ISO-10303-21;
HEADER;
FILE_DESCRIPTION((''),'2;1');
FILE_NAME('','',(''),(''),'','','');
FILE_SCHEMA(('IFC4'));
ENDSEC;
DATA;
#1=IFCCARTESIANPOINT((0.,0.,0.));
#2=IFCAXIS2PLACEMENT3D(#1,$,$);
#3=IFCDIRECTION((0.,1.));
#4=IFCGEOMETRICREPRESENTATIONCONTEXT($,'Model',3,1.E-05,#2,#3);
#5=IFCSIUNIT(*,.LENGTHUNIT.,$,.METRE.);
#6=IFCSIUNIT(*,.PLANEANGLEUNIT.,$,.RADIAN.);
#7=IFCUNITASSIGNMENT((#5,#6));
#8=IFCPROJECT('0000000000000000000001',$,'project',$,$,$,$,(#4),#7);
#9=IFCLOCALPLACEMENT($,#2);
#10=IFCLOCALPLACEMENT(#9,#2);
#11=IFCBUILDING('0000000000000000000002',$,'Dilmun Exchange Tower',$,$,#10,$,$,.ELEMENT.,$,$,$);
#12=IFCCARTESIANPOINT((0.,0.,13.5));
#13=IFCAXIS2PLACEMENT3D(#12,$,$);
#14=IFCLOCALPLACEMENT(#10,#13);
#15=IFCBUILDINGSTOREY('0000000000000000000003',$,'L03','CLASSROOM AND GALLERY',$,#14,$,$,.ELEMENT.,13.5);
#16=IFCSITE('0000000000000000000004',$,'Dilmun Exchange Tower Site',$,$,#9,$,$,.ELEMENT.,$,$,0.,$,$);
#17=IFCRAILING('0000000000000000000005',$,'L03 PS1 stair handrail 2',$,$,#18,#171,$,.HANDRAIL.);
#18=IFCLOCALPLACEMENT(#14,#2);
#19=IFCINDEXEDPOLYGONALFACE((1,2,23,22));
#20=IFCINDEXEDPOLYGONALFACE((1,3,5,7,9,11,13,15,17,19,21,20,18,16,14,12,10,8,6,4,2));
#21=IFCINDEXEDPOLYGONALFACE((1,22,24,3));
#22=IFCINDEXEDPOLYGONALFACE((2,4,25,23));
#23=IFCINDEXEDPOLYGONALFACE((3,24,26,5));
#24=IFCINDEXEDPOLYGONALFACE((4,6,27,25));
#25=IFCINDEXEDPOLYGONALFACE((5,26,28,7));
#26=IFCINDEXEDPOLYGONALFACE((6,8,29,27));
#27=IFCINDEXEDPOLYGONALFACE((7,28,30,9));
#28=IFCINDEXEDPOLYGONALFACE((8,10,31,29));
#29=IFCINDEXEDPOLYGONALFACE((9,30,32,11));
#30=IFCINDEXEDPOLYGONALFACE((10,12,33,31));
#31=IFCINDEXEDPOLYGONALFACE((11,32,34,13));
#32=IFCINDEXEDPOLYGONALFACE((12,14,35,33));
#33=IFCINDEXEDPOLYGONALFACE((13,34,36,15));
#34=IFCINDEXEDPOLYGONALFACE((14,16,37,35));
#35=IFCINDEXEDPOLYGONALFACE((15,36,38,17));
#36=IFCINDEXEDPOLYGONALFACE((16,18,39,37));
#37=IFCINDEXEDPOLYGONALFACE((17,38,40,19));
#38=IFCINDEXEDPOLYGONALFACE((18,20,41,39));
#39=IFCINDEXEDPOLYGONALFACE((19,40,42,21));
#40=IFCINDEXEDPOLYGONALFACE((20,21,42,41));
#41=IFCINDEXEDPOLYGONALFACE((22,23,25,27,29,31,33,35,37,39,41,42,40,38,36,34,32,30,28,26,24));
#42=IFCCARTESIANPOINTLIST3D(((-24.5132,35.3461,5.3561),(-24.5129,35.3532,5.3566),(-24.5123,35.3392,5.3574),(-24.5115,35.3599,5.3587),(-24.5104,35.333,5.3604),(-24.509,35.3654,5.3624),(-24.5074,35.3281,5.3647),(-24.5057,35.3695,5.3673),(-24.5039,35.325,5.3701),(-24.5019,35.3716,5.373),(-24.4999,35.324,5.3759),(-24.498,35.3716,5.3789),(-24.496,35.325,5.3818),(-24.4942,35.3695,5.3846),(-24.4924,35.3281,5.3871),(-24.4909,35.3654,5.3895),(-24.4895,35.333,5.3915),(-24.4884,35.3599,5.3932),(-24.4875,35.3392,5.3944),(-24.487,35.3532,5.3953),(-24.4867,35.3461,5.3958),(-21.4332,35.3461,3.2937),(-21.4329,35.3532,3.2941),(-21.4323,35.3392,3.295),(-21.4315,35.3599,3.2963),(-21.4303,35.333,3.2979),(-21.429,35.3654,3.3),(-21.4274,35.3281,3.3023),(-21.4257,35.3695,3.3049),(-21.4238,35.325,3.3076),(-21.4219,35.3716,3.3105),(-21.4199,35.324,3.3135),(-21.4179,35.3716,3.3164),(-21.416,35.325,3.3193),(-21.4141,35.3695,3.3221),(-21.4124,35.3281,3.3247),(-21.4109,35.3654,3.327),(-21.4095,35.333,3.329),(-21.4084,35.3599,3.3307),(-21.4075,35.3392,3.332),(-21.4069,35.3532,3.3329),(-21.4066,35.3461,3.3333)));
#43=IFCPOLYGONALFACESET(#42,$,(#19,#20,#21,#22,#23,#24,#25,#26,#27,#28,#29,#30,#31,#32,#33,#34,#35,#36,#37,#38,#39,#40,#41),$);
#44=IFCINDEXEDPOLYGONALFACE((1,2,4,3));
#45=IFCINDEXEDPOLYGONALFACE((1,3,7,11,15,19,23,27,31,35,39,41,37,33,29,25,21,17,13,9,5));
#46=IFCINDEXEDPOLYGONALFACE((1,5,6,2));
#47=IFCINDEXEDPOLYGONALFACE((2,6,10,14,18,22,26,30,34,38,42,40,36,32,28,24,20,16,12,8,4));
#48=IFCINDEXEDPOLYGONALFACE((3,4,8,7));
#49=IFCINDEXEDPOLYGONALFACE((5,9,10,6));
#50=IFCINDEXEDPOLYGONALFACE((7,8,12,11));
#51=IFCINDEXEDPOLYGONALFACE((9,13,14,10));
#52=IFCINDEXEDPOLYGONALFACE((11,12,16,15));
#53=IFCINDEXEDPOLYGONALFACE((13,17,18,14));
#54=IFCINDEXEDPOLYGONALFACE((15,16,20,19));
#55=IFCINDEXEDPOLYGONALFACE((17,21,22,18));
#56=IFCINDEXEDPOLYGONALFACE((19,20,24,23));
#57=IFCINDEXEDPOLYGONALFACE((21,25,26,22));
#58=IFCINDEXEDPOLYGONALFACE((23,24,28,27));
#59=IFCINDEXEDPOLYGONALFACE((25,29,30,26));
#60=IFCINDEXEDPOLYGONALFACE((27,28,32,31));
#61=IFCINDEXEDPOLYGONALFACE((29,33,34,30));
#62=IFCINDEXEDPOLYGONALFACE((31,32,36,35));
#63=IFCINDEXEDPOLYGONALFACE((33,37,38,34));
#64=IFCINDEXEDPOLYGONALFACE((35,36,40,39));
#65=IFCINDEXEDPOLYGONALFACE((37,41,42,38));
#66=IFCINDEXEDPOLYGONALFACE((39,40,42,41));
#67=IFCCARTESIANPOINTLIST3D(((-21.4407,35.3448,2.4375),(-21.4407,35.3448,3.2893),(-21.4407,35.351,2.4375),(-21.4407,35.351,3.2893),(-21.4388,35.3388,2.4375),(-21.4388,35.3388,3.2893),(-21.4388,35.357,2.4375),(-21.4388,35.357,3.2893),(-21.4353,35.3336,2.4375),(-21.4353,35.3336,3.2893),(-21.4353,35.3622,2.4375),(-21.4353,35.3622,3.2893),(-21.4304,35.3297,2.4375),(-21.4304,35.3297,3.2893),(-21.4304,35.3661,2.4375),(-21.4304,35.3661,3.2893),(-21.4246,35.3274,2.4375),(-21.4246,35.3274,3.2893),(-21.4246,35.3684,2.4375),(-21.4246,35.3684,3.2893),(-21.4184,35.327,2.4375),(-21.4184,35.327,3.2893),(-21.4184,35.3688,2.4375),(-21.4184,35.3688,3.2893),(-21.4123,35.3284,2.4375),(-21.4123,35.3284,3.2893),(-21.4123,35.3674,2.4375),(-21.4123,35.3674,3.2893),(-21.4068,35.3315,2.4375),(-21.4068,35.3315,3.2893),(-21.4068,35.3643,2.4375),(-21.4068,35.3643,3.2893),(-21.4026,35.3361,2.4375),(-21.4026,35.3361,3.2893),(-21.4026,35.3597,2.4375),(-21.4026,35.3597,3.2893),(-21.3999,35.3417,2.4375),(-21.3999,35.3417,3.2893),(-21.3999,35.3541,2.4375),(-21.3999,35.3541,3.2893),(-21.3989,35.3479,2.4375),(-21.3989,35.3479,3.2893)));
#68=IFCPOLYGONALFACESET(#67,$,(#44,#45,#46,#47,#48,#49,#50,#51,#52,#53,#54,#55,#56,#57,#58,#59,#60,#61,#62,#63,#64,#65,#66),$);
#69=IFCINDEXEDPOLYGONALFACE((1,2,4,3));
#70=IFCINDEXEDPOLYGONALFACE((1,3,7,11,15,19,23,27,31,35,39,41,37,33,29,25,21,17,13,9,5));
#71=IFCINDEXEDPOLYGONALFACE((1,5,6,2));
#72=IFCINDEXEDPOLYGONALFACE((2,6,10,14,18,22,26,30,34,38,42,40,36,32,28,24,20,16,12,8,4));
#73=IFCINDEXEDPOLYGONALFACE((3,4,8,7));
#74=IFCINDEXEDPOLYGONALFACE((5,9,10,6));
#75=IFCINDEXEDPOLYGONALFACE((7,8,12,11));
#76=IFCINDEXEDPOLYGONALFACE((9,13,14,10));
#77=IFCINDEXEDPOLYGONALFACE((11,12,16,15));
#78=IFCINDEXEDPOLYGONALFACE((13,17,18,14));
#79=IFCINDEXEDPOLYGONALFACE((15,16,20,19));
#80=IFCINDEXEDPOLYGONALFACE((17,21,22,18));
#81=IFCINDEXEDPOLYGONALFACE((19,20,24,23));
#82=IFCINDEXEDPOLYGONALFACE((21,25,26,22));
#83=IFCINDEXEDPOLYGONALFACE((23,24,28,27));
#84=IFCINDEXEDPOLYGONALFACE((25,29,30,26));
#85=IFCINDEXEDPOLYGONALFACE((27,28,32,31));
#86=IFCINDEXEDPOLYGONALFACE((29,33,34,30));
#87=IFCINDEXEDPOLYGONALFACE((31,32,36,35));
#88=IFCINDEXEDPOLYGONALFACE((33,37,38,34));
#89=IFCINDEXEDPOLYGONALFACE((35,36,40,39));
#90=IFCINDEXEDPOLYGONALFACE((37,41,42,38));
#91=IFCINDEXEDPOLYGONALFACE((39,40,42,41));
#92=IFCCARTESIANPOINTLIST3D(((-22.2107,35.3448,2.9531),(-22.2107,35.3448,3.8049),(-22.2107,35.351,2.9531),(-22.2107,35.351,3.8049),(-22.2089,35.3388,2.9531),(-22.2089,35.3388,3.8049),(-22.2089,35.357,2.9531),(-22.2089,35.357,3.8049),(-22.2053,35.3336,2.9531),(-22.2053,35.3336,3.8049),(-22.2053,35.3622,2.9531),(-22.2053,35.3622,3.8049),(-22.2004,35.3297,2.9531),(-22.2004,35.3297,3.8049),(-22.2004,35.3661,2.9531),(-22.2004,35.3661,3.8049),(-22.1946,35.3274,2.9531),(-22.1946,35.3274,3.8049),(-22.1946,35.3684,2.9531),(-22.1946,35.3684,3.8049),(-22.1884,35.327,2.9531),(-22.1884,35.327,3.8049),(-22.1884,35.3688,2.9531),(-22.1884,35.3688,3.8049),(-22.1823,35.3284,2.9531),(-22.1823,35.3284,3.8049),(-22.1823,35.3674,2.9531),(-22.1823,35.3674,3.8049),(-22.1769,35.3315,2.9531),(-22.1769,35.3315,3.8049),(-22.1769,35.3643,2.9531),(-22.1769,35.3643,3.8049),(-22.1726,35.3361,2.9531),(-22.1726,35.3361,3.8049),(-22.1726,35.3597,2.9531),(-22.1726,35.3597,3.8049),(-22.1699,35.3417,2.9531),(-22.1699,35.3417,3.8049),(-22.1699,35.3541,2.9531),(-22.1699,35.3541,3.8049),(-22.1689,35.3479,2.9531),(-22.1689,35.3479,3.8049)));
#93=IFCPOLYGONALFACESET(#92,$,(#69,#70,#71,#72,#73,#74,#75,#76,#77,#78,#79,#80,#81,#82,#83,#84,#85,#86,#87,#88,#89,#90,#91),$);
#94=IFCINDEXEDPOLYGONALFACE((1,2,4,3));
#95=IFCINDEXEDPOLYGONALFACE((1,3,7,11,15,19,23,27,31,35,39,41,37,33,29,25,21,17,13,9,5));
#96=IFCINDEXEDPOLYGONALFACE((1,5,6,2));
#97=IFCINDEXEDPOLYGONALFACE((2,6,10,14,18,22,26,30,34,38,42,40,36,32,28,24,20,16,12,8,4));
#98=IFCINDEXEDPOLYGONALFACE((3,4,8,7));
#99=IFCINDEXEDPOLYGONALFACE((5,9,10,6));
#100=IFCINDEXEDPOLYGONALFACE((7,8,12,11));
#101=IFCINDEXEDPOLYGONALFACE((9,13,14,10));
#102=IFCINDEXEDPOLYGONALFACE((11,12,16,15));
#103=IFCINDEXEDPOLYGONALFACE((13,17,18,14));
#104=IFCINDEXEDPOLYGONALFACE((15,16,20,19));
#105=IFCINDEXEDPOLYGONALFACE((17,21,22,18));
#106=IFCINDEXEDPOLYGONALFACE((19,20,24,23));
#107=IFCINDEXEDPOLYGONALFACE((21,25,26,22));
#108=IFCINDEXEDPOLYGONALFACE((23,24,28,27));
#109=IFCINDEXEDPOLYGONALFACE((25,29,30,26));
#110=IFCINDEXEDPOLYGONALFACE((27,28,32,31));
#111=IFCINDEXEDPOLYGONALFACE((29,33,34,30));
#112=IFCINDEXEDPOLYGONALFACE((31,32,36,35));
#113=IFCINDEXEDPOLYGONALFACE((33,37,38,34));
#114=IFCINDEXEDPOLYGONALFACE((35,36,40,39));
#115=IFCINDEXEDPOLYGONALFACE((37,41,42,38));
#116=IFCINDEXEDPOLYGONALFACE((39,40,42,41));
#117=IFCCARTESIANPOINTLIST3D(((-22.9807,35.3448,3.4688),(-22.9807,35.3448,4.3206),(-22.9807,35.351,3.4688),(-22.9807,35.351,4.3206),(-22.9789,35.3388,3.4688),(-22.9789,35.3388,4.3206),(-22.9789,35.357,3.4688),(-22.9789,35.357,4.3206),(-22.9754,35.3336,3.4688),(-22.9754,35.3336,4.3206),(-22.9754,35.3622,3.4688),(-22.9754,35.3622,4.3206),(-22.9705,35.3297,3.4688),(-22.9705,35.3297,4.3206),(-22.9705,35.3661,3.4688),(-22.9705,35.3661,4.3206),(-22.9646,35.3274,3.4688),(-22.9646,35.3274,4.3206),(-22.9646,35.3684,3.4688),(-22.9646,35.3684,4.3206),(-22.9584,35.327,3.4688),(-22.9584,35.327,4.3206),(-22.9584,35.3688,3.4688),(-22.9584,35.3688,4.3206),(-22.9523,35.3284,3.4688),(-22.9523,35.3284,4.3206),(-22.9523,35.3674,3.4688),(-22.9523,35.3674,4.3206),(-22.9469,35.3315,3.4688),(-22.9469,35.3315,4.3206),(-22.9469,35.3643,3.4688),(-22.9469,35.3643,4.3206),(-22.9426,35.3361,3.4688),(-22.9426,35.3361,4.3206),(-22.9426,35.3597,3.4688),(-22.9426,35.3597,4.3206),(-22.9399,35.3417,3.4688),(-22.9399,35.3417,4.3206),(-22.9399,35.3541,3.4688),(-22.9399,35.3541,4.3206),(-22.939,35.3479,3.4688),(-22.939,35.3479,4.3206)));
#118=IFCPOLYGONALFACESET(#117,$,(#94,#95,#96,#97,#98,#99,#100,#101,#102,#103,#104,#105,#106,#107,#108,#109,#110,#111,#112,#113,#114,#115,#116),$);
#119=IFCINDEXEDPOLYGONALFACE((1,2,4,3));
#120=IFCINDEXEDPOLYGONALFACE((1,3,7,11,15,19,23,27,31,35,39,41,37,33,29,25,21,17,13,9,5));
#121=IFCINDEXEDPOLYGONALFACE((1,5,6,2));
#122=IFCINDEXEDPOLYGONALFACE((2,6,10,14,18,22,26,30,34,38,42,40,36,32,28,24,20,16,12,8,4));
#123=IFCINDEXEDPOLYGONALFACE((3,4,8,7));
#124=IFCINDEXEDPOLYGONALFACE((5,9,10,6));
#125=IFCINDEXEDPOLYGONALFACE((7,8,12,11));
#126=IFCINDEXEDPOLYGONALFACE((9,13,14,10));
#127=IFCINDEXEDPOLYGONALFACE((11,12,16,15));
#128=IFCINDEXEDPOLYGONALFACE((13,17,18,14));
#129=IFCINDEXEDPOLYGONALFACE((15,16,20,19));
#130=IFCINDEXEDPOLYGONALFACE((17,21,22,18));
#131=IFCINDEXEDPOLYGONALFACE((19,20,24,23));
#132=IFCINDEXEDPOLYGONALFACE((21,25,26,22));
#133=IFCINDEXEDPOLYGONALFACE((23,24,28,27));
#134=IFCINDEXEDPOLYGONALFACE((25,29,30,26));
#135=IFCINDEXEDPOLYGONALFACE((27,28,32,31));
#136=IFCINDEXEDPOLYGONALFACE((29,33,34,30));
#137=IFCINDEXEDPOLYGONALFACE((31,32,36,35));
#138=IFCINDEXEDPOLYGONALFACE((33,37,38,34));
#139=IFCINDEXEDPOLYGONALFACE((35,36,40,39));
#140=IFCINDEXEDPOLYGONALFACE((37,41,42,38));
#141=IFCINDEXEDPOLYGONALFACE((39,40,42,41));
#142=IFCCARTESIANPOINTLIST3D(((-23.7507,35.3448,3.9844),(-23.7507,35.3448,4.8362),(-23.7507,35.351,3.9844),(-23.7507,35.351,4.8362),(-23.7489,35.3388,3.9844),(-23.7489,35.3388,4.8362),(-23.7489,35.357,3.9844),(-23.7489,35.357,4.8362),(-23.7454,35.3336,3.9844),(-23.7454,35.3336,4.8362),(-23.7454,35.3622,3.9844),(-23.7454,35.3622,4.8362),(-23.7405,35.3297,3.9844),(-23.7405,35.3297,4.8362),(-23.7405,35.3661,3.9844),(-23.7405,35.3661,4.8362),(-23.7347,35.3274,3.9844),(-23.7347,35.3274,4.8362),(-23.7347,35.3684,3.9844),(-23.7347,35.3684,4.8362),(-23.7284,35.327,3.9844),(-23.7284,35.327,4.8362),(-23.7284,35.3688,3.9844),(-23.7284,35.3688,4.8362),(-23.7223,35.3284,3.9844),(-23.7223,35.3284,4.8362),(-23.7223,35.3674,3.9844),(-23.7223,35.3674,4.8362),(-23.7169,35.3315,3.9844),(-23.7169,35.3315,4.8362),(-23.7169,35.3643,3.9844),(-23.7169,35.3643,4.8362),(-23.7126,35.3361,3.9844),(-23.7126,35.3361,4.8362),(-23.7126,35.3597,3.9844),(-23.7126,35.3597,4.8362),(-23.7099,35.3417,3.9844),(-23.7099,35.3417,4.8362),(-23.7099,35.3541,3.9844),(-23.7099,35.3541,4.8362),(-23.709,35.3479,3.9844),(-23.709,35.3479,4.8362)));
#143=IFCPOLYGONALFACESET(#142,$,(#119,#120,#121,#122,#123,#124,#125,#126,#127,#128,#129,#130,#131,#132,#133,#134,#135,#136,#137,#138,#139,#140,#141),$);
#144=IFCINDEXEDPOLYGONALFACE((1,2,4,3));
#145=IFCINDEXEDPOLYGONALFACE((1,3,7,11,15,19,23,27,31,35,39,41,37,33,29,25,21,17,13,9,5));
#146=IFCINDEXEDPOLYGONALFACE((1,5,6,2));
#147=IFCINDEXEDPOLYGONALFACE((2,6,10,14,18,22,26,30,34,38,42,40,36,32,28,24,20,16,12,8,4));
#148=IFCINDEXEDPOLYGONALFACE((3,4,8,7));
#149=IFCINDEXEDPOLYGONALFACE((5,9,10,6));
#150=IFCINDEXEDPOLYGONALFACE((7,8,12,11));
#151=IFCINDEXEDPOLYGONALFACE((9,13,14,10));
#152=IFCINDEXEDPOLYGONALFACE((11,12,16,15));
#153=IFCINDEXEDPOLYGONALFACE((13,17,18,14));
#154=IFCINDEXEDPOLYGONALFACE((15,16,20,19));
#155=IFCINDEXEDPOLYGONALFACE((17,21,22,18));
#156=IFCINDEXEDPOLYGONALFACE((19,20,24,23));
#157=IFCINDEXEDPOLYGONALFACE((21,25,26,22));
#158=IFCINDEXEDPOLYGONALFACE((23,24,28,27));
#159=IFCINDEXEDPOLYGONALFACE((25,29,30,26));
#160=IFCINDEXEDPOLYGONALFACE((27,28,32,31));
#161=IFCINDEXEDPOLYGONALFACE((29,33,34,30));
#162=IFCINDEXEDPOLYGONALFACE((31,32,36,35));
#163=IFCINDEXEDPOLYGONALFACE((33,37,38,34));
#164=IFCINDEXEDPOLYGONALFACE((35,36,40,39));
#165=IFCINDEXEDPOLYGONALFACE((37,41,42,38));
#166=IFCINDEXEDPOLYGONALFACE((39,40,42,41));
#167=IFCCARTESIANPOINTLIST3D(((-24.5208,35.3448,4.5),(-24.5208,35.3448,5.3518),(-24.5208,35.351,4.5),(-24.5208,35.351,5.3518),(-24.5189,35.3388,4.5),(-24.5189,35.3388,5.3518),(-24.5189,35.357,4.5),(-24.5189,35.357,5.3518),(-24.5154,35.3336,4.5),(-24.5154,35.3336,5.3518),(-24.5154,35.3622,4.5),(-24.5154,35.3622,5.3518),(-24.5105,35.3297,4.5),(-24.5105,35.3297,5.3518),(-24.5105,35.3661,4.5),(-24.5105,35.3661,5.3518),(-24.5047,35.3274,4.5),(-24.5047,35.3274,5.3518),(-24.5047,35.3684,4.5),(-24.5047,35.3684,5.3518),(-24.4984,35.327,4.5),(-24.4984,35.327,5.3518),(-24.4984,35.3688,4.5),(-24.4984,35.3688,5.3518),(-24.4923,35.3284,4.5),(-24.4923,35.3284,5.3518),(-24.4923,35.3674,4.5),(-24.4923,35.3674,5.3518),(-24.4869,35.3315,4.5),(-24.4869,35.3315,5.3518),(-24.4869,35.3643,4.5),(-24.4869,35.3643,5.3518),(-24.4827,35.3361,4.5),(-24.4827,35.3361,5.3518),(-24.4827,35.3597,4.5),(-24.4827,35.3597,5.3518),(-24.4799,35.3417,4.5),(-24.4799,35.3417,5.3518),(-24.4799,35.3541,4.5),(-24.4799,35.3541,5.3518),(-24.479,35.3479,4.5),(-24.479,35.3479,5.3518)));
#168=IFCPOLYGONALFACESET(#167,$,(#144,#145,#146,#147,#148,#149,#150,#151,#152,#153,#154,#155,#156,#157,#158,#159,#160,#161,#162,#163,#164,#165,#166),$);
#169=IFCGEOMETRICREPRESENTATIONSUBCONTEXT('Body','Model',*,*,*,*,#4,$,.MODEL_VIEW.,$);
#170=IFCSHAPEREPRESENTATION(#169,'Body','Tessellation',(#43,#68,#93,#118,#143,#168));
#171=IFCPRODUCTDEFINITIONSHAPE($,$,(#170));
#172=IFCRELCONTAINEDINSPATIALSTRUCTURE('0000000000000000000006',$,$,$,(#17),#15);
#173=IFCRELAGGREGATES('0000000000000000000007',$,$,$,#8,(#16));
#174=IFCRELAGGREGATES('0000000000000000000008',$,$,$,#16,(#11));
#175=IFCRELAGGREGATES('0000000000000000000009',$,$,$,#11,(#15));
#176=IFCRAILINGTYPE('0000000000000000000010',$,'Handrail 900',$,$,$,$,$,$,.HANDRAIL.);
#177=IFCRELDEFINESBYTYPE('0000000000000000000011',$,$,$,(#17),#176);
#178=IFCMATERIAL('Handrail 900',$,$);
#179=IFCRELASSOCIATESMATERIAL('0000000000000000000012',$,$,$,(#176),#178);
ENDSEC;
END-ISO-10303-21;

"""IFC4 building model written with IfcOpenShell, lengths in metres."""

from ifc_helpers import new_model, si_unit, direction, frame, origin, origin_2d, place, context, subcontext, project, spatial, circle, extrude, material, type_object, element, save


model = new_model("IFC4")

# Units and contexts
model_context = context("Model", 3, precision=1e-05, world=origin(), true_north=direction((0.0, 1.0)))
body_context = subcontext(model_context, "Body", "Model", "MODEL_VIEW")
ifc_project = project(units=[si_unit("LENGTHUNIT", "METRE"), si_unit("PLANEANGLEUNIT", "RADIAN")], contexts=[model_context])

# Site, building, storey
site_placement = place(None, origin())
site = spatial("IfcSite", under=ifc_project, at=site_placement, Name="Dilmun Exchange Tower Site", CompositionType="ELEMENT", RefElevation=0.0)
building_placement = place(site_placement, origin())
building = spatial("IfcBuilding", under=site, at=building_placement, Name="Dilmun Exchange Tower", CompositionType="ELEMENT")
storey_placement = place(building_placement, frame((0.0, 0.0, 13.5)))
storey = spatial("IfcBuildingStorey", under=building, at=storey_placement, Name="L03", Description="CLASSROOM AND GALLERY", CompositionType="ELEMENT", Elevation=13.5)

# Railing
ifc_material_1 = material(Name="Handrail 900")
railing_type_1 = type_object("IfcRailingType", Name="Handrail 900", PredefinedType="HANDRAIL", material=ifc_material_1)
railing_1_placement = place(storey_placement, frame((-21.4199, 35.3479, 2.4375)))
element("IfcRailing", 1, at=railing_1_placement, inside=storey, type_object=railing_type_1, Name="L03 PS1 stair handrail 2", PredefinedType="HANDRAIL", context=body_context, shape_type="SweptSolid", body=[
    extrude(circle(Radius=0.0239, at=origin_2d()), frame((0.0, 0.0, 0.876), z_axis=(-0.830914, 0.0, 0.556401), x_axis=(0.0, -1.0, 0.0)), (0.0, 0.0, 1.0), 3.7068),
    extrude(circle(Radius=0.021, at=origin_2d()), origin(), (0.0, 0.0, 1.0), 0.8518),
    extrude(circle(Radius=0.021, at=origin_2d()), frame((-0.77, 0.0, 0.5156)), (0.0, 0.0, 1.0), 0.8518),
    extrude(circle(Radius=0.021, at=origin_2d()), frame((-1.54, 0.0, 1.0312)), (0.0, 0.0, 1.0), 0.8518),
    extrude(circle(Radius=0.021, at=origin_2d()), frame((-2.3101, 0.0, 1.5469)), (0.0, 0.0, 1.0), 0.8518),
    extrude(circle(Radius=0.021, at=origin_2d()), frame((-3.0801, 0.0, 2.0625)), (0.0, 0.0, 1.0), 0.8518),
])

save(model, "model.ifc")
